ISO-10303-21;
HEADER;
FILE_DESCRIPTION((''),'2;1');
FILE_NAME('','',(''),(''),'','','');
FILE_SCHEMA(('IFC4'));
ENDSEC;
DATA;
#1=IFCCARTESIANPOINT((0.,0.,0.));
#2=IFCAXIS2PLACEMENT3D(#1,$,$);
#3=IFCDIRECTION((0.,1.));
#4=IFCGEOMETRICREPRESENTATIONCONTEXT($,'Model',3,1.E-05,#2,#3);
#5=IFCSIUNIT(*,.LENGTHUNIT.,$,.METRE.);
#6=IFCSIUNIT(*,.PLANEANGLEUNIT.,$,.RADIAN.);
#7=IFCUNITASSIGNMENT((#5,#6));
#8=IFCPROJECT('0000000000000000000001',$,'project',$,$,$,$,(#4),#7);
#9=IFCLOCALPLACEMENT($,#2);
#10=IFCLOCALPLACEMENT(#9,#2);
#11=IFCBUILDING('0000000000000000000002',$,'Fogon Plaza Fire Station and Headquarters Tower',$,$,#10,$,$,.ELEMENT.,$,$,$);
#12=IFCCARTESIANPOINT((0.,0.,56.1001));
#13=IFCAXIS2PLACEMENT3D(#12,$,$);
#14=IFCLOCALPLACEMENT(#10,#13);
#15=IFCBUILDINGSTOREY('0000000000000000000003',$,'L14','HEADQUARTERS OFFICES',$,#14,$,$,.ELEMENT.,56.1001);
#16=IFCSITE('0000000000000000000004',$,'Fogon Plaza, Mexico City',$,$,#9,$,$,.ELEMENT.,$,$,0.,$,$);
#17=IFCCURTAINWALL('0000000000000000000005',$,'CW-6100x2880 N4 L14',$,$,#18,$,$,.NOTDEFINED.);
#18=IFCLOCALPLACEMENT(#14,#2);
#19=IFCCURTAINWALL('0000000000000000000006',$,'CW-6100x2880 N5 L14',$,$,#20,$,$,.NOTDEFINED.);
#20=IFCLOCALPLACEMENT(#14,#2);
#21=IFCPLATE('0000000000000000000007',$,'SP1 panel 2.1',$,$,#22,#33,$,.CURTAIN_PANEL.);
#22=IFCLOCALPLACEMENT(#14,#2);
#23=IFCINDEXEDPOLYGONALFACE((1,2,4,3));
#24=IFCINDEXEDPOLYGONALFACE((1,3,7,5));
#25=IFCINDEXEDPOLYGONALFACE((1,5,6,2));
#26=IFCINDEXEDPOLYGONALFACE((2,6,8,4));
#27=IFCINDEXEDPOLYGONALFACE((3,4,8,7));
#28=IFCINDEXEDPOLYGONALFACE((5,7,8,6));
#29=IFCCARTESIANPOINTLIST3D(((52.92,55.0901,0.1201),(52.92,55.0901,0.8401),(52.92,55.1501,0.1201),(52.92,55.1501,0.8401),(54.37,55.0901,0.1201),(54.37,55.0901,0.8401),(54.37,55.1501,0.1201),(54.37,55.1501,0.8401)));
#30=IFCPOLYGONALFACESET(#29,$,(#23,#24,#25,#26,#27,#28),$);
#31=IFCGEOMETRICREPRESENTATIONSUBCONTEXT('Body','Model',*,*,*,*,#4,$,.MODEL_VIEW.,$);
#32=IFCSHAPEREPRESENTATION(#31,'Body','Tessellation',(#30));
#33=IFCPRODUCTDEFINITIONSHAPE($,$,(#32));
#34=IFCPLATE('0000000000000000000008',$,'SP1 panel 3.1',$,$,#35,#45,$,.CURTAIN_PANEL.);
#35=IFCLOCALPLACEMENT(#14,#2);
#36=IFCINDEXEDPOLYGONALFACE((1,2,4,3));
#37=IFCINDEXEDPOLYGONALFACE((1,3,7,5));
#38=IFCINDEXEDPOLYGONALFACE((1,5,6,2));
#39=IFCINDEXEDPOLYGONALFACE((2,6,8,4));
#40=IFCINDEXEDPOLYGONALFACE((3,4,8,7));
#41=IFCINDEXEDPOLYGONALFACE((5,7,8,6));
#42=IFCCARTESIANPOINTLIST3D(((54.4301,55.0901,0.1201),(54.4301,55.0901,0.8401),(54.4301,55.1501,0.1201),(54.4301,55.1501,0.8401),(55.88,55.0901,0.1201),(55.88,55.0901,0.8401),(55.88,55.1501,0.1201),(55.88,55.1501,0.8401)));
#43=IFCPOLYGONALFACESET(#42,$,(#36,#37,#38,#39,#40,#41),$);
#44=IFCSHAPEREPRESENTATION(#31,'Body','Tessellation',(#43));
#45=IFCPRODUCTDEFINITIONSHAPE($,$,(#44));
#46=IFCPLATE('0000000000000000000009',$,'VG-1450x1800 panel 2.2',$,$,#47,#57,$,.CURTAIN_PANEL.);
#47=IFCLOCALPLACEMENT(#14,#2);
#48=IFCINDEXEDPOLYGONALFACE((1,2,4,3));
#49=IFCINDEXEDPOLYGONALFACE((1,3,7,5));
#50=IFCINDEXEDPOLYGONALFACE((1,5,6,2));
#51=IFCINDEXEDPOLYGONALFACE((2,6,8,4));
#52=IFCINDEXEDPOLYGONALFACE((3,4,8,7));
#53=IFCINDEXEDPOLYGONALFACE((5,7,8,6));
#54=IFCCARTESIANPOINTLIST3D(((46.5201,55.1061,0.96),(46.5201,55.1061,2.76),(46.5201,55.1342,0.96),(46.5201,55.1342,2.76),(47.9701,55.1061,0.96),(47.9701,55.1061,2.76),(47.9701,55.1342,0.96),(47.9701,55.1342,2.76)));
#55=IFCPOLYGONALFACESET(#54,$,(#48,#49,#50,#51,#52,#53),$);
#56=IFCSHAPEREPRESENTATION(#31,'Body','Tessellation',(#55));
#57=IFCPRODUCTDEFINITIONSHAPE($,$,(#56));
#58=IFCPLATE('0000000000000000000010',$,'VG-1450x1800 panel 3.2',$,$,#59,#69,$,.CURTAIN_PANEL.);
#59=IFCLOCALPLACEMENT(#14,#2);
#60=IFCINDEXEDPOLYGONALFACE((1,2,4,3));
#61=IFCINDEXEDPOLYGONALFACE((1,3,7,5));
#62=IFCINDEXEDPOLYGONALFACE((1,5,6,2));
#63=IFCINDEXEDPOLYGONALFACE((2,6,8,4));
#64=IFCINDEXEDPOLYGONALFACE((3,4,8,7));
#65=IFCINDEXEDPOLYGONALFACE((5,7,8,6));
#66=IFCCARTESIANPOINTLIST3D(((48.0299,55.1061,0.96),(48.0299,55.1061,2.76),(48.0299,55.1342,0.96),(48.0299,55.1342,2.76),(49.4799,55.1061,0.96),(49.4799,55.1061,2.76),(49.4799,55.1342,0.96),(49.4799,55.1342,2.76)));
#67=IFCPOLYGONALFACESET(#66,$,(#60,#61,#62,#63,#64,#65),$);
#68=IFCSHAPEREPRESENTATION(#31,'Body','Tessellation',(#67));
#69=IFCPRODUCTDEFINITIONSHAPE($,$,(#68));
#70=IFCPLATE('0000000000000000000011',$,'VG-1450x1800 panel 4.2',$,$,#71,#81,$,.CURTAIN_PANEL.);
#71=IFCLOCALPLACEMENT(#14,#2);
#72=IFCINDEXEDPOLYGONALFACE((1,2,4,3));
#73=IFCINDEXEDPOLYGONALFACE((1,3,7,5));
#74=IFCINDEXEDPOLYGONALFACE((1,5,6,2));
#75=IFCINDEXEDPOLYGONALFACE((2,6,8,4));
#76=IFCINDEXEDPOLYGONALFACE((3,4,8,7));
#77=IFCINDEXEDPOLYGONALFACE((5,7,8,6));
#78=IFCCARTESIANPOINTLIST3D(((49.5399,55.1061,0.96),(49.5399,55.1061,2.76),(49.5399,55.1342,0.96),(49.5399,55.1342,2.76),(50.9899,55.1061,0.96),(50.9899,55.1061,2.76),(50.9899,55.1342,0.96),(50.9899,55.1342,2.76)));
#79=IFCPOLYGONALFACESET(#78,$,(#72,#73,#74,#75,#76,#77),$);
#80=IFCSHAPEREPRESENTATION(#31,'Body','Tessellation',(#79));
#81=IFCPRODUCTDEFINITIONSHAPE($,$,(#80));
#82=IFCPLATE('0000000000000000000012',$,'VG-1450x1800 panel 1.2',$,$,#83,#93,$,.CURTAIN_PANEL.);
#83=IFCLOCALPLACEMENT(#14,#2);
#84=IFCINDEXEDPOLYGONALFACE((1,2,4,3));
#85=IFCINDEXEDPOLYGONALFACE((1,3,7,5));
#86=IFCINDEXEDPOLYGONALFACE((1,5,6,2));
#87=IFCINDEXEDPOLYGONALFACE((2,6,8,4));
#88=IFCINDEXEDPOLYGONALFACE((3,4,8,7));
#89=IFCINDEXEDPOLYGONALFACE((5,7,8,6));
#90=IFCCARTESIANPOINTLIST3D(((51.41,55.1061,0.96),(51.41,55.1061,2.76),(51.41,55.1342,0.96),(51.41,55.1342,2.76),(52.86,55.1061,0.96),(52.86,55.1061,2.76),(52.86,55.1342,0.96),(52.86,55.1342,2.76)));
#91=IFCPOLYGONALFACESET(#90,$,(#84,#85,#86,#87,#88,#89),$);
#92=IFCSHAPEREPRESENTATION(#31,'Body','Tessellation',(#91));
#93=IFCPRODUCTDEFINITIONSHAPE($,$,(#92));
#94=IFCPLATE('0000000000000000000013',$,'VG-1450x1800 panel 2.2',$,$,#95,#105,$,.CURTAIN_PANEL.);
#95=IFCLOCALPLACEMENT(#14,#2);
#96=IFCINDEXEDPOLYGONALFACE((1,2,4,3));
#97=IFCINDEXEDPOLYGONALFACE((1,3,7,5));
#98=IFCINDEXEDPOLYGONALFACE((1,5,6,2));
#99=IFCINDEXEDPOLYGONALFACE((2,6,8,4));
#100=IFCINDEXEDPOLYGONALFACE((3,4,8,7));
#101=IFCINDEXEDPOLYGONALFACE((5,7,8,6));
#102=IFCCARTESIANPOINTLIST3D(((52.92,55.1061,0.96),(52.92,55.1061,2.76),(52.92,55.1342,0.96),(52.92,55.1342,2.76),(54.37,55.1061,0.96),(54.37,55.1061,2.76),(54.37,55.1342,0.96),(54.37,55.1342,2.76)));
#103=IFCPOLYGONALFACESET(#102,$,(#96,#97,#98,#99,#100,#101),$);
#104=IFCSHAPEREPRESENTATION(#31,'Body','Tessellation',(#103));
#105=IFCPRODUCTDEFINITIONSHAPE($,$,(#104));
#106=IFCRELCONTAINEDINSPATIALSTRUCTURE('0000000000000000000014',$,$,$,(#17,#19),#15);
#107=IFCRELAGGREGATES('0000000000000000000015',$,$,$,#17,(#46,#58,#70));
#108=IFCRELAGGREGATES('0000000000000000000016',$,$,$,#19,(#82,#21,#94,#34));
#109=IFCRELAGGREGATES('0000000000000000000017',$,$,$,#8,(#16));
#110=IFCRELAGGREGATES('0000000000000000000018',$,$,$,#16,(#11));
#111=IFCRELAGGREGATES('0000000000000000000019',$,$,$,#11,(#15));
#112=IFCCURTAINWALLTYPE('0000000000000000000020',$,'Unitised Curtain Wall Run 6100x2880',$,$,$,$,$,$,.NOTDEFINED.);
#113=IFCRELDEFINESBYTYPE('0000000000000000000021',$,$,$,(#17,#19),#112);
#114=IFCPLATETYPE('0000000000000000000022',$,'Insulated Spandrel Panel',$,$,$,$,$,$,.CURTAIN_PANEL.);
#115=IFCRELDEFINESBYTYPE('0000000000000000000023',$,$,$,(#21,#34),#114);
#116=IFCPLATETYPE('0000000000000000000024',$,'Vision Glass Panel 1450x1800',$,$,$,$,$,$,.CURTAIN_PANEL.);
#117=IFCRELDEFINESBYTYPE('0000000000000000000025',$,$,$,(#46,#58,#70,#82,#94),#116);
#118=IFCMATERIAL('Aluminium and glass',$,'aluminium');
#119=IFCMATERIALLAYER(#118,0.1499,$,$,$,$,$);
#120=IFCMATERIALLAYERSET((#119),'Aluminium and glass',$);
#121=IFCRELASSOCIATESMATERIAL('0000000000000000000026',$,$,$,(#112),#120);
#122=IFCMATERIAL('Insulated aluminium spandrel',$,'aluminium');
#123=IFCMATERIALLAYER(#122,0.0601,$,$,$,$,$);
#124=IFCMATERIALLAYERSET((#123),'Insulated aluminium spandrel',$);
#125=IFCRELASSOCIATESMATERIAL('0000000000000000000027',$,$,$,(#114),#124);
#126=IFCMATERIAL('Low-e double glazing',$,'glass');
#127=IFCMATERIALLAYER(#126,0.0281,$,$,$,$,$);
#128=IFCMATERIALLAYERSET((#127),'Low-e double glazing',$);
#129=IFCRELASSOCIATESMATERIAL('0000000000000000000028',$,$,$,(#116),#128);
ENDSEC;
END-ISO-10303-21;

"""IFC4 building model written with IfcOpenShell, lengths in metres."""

from ifc_helpers import new_model, si_unit, direction, frame, origin, origin_2d, place, context, subcontext, project, spatial, rectangle, extrude, material, layer, layer_set, type_object, element, aggregate, save


model = new_model("IFC4")

# Units and contexts
model_context = context("Model", 3, precision=1e-05, world=origin(), true_north=direction((0.0, 1.0)))
body_context = subcontext(model_context, "Body", "Model", "MODEL_VIEW")
ifc_project = project(units=[si_unit("LENGTHUNIT", "METRE"), si_unit("PLANEANGLEUNIT", "RADIAN")], contexts=[model_context])

# Site, building, storey
site_placement = place(None, origin())
site = spatial("IfcSite", under=ifc_project, at=site_placement, Name="Fogon Plaza, Mexico City", CompositionType="ELEMENT", RefElevation=0.0)
building_placement = place(site_placement, origin())
building = spatial("IfcBuilding", under=site, at=building_placement, Name="Fogon Plaza Fire Station and Headquarters Tower", CompositionType="ELEMENT")
storey_placement = place(building_placement, frame((0.0, 0.0, 56.1001)))
storey = spatial("IfcBuildingStorey", under=building, at=storey_placement, Name="L14", Description="HEADQUARTERS OFFICES", CompositionType="ELEMENT", Elevation=56.1001)

# Curtain walls
ifc_material_1 = material(Name="Aluminium and glass", Category="aluminium")
ifc_layer_1 = layer(ifc_material_1, 0.1499)
ifc_layer_set_1 = layer_set([ifc_layer_1], Name="Aluminium and glass")
curtain_wall_type = type_object("IfcCurtainWallType", Name="Unitised Curtain Wall Run 6100x2880", PredefinedType="NOTDEFINED", material=ifc_layer_set_1)
curtain_wall_1_placement = place(storey_placement, origin())
curtain_wall_1 = element("IfcCurtainWall", 1, at=curtain_wall_1_placement, inside=storey, type_object=curtain_wall_type, Name="CW-6100x2880 N4 L14", PredefinedType="NOTDEFINED")
curtain_wall_2_placement = place(storey_placement, origin())
curtain_wall_2 = element("IfcCurtainWall", 2, at=curtain_wall_2_placement, inside=storey, type_object=curtain_wall_type, Name="CW-6100x2880 N5 L14", PredefinedType="NOTDEFINED")

# Plates
ifc_material_2 = material(Name="Insulated aluminium spandrel", Category="aluminium")
ifc_layer_2 = layer(ifc_material_2, 0.0601)
ifc_layer_set_2 = layer_set([ifc_layer_2], Name="Insulated aluminium spandrel")
plate_type_1 = type_object("IfcPlateType", Name="Insulated Spandrel Panel", PredefinedType="CURTAIN_PANEL", material=ifc_layer_set_2)
plate_1_placement = place(storey_placement, frame((53.645, 55.1201, 0.1201), z_axis=(0.0, 0.0, 1.0), x_axis=(1.0, 0.0, 0.0)))
plate_1 = element("IfcPlate", 3, at=plate_1_placement, type_object=plate_type_1, Name="SP1 panel 2.1", PredefinedType="CURTAIN_PANEL", context=body_context, shape_type="SweptSolid", body=[
    extrude(rectangle(XDim=1.45, YDim=0.0601, at=origin_2d()), origin(), (0.0, 0.0, 1.0), 0.72),
])
plate_2_placement = place(storey_placement, frame((55.155, 55.1201, 0.1201), z_axis=(0.0, 0.0, 1.0), x_axis=(1.0, 0.0, 0.0)))
plate_2 = element("IfcPlate", 4, at=plate_2_placement, type_object=plate_type_1, Name="SP1 panel 3.1", PredefinedType="CURTAIN_PANEL", context=body_context, shape_type="SweptSolid", body=[
    extrude(rectangle(XDim=1.45, YDim=0.0601, at=origin_2d()), origin(), (0.0, 0.0, 1.0), 0.72),
])
ifc_material_3 = material(Name="Low-e double glazing", Category="glass")
ifc_layer_3 = layer(ifc_material_3, 0.0281)
ifc_layer_set_3 = layer_set([ifc_layer_3], Name="Low-e double glazing")
plate_type_2 = type_object("IfcPlateType", Name="Vision Glass Panel 1450x1800", PredefinedType="CURTAIN_PANEL", material=ifc_layer_set_3)
plate_3_placement = place(storey_placement, frame((47.2451, 55.1201, 0.96), z_axis=(0.0, 0.0, 1.0), x_axis=(1.0, 0.0, 0.0)))
plate_3 = element("IfcPlate", 5, at=plate_3_placement, type_object=plate_type_2, Name="VG-1450x1800 panel 2.2", PredefinedType="CURTAIN_PANEL", context=body_context, shape_type="SweptSolid", body=[
    extrude(rectangle(XDim=1.45, YDim=0.0281, at=origin_2d()), origin(), (0.0, 0.0, 1.0), 1.8),
])
plate_4_placement = place(storey_placement, frame((48.7549, 55.1201, 0.96), z_axis=(0.0, 0.0, 1.0), x_axis=(1.0, 0.0, 0.0)))
plate_4 = element("IfcPlate", 6, at=plate_4_placement, type_object=plate_type_2, Name="VG-1450x1800 panel 3.2", PredefinedType="CURTAIN_PANEL", context=body_context, shape_type="SweptSolid", body=[
    extrude(rectangle(XDim=1.45, YDim=0.0281, at=origin_2d()), origin(), (0.0, 0.0, 1.0), 1.8),
])
plate_5_placement = place(storey_placement, frame((50.2649, 55.1201, 0.96), z_axis=(0.0, 0.0, 1.0), x_axis=(1.0, 0.0, 0.0)))
plate_5 = element("IfcPlate", 7, at=plate_5_placement, type_object=plate_type_2, Name="VG-1450x1800 panel 4.2", PredefinedType="CURTAIN_PANEL", context=body_context, shape_type="SweptSolid", body=[
    extrude(rectangle(XDim=1.45, YDim=0.0281, at=origin_2d()), origin(), (0.0, 0.0, 1.0), 1.8),
])
aggregate(curtain_wall_1, [plate_3, plate_4, plate_5])
plate_6_placement = place(storey_placement, frame((52.135, 55.1201, 0.96), z_axis=(0.0, 0.0, 1.0), x_axis=(1.0, 0.0, 0.0)))
plate_6 = element("IfcPlate", 8, at=plate_6_placement, type_object=plate_type_2, Name="VG-1450x1800 panel 1.2", PredefinedType="CURTAIN_PANEL", context=body_context, shape_type="SweptSolid", body=[
    extrude(rectangle(XDim=1.45, YDim=0.0281, at=origin_2d()), origin(), (0.0, 0.0, 1.0), 1.8),
])
plate_7_placement = place(storey_placement, frame((53.645, 55.1201, 0.96), z_axis=(0.0, 0.0, 1.0), x_axis=(1.0, 0.0, 0.0)))
plate_7 = element("IfcPlate", 9, at=plate_7_placement, type_object=plate_type_2, Name="VG-1450x1800 panel 2.2", PredefinedType="CURTAIN_PANEL", context=body_context, shape_type="SweptSolid", body=[
    extrude(rectangle(XDim=1.45, YDim=0.0281, at=origin_2d()), origin(), (0.0, 0.0, 1.0), 1.8),
])
aggregate(curtain_wall_2, [plate_6, plate_1, plate_7, plate_2])

save(model, "model.ifc")
